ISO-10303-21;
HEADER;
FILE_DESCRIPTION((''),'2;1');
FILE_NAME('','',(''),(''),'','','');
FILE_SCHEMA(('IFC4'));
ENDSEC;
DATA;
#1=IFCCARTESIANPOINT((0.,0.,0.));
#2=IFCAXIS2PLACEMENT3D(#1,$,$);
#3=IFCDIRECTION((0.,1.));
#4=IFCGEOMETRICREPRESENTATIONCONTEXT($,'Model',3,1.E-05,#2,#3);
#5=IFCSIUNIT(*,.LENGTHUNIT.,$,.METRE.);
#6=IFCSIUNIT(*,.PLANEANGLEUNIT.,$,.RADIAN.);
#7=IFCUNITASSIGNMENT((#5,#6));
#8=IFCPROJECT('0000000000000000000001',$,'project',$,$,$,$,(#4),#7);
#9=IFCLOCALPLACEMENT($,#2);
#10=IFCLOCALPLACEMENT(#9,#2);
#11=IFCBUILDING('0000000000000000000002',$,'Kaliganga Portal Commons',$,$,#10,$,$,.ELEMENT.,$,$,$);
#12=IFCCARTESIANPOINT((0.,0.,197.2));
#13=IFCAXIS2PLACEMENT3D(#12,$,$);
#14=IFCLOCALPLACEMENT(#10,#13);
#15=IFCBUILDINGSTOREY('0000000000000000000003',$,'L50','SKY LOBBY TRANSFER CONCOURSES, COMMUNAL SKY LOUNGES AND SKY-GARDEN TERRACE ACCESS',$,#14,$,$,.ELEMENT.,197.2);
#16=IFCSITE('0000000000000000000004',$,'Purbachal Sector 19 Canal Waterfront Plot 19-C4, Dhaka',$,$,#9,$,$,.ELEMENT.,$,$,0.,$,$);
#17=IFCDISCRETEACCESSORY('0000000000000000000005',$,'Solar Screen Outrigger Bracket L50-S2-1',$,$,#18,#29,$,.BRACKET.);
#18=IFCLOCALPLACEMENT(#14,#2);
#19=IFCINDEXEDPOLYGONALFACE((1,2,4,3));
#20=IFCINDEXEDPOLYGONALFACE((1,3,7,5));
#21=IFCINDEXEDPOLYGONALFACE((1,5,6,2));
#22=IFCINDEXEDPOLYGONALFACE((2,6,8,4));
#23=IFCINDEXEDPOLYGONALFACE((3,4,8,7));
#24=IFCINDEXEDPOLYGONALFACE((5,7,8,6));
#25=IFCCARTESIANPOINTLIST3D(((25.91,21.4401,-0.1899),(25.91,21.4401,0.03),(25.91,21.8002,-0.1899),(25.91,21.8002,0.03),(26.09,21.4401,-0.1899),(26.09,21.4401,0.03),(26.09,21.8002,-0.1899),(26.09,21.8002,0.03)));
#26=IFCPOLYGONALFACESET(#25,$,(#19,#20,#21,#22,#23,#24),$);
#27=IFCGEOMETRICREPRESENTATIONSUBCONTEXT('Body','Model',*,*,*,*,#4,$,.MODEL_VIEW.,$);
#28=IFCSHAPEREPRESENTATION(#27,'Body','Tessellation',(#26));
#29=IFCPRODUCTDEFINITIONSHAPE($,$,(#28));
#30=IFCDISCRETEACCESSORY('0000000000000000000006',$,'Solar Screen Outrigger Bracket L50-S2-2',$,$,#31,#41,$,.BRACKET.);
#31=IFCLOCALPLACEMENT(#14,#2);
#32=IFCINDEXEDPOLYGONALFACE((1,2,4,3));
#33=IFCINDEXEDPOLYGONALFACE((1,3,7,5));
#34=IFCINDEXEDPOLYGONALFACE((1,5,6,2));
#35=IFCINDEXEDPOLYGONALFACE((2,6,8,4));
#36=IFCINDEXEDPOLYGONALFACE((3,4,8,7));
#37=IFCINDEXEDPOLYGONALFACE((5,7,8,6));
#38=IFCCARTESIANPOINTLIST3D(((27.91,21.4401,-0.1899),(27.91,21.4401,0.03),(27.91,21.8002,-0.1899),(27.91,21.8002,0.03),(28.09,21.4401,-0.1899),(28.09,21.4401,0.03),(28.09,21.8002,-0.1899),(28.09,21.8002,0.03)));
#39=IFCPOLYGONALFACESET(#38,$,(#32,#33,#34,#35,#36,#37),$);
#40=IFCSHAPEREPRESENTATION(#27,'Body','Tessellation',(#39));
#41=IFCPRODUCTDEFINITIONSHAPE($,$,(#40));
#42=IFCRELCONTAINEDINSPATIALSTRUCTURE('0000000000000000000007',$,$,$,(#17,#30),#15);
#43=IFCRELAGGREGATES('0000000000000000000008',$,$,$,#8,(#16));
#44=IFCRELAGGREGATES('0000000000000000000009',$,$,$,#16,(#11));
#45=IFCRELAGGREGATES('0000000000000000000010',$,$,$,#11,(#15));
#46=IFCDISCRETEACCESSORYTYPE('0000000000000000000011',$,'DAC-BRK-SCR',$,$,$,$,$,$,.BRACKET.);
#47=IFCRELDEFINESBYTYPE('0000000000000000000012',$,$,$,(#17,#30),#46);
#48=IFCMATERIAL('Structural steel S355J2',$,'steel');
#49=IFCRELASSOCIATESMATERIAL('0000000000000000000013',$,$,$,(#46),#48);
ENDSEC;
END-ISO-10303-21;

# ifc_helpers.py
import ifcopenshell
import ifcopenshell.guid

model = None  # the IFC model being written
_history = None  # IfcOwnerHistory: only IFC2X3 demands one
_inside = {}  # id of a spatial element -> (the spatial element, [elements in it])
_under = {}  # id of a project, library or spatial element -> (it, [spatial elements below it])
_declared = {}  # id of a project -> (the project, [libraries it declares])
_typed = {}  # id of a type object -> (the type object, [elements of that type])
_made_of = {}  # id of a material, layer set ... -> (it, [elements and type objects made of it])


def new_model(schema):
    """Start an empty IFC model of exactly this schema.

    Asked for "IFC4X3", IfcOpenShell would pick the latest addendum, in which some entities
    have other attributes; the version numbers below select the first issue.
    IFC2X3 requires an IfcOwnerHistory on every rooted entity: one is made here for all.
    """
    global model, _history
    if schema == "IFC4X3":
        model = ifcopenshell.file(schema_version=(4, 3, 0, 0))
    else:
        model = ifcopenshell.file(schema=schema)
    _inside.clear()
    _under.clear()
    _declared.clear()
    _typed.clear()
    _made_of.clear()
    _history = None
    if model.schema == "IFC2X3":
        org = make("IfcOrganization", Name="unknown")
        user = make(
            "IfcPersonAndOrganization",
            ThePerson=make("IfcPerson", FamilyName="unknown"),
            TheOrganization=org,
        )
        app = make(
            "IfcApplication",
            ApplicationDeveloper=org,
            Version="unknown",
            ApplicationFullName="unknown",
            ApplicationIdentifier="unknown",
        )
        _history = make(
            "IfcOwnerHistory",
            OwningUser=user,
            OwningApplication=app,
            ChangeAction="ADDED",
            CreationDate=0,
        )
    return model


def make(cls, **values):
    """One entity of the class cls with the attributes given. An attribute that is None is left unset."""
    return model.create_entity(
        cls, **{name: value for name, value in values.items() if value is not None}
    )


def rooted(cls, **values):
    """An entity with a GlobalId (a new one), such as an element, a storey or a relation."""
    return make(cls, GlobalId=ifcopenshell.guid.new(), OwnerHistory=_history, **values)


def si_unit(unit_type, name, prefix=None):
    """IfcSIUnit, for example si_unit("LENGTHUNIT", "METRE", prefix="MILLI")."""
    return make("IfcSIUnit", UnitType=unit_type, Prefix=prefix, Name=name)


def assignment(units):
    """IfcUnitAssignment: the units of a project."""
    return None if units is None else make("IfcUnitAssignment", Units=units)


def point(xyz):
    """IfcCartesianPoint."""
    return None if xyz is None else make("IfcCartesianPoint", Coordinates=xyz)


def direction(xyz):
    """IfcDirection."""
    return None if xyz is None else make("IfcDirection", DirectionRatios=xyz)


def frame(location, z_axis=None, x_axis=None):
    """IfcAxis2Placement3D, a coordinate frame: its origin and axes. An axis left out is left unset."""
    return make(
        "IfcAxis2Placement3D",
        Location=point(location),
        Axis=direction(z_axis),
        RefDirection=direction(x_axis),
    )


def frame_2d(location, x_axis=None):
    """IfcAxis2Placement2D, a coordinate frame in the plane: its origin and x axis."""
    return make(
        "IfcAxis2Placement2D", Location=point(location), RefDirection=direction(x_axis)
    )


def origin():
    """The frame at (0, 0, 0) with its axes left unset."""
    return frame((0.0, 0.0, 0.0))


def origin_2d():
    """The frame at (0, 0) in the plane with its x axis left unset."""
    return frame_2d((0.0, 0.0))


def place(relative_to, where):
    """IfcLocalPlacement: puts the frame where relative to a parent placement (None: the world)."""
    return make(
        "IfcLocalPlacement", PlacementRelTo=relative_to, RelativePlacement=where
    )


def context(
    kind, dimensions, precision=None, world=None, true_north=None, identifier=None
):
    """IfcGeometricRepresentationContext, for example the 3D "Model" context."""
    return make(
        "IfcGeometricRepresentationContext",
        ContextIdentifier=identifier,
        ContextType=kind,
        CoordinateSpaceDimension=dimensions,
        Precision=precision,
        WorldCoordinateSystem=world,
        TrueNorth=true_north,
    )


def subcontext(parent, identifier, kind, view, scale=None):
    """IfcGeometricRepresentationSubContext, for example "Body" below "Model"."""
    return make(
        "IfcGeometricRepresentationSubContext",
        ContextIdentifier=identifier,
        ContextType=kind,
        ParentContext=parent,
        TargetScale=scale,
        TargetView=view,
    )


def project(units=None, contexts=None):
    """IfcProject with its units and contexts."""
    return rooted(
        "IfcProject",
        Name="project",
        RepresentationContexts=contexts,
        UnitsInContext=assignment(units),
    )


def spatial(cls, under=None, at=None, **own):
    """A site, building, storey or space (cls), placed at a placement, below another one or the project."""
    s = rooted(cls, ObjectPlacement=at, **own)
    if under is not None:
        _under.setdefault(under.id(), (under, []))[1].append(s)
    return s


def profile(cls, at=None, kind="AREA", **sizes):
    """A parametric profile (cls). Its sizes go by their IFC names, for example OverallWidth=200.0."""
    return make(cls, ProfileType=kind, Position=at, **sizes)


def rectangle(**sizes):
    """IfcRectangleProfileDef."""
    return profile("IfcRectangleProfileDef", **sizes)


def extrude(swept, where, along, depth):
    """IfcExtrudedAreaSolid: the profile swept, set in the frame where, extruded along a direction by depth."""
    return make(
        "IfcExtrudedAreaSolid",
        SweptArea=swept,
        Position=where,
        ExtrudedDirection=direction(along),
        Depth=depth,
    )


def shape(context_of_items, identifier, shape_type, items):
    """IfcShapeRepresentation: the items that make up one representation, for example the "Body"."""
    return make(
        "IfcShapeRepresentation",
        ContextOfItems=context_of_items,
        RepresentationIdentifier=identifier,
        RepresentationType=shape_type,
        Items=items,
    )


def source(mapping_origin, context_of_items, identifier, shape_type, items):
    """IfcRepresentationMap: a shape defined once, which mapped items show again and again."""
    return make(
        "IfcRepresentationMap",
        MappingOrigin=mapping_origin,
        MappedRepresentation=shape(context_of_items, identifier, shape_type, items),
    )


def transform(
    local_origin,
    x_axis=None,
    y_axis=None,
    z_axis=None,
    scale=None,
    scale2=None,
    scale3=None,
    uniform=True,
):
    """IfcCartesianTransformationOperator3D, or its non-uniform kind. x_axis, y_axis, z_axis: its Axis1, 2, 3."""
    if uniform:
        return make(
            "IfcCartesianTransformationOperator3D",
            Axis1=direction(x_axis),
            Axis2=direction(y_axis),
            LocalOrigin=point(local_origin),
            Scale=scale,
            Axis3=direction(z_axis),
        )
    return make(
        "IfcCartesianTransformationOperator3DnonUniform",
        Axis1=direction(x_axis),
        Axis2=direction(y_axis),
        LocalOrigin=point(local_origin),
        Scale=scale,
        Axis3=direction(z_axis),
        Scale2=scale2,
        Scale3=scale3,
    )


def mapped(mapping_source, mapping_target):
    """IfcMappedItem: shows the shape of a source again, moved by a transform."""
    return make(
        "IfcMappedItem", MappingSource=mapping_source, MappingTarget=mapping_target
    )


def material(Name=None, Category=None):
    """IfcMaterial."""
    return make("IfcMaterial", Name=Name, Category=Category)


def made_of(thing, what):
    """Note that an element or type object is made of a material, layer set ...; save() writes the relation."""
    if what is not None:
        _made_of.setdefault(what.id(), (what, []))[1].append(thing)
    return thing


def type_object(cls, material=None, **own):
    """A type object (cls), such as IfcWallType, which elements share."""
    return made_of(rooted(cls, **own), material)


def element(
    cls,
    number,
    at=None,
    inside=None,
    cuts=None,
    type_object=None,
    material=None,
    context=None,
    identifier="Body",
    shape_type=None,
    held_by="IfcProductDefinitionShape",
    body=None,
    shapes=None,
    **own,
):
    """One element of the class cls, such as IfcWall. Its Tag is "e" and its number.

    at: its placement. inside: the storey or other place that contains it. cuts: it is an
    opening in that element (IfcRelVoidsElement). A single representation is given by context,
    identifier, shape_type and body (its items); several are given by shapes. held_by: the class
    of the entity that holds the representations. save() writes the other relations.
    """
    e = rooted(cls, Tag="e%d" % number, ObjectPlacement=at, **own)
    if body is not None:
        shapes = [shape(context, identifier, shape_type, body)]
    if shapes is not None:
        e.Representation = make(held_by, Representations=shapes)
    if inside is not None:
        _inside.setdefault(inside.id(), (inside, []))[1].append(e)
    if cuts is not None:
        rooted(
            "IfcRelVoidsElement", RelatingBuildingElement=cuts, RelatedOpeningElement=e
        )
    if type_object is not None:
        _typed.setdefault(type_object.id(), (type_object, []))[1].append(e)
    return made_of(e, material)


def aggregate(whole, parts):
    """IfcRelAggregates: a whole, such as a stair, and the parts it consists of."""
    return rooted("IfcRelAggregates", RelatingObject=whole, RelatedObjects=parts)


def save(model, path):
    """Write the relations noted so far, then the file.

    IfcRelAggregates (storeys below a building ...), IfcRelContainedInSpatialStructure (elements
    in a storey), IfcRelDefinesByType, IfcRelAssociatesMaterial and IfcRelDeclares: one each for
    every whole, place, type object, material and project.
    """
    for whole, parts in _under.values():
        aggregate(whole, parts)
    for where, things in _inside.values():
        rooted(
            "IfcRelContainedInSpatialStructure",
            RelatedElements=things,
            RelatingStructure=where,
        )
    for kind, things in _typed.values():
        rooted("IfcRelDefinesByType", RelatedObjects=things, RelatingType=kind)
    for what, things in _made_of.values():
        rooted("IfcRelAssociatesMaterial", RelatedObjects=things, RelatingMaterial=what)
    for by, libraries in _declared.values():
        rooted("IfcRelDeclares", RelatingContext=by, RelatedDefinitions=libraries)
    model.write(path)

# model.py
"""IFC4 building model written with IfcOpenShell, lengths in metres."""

from ifc_helpers import new_model, si_unit, direction, frame, origin, origin_2d, place, context, subcontext, project, spatial, rectangle, extrude, source, transform, mapped, material, type_object, element, save


model = new_model("IFC4")

# Units and contexts
model_context = context("Model", 3, precision=1e-05, world=origin(), true_north=direction((0.0, 1.0)))
body_context = subcontext(model_context, "Body", "Model", "MODEL_VIEW")
ifc_project = project(units=[si_unit("LENGTHUNIT", "METRE"), si_unit("PLANEANGLEUNIT", "RADIAN")], contexts=[model_context])

# Site, building, storey
site_placement = place(None, origin())
site = spatial("IfcSite", under=ifc_project, at=site_placement, Name="Purbachal Sector 19 Canal Waterfront Plot 19-C4, Dhaka", CompositionType="ELEMENT", RefElevation=0.0)
building_placement = place(site_placement, origin())
building = spatial("IfcBuilding", under=site, at=building_placement, Name="Kaliganga Portal Commons", CompositionType="ELEMENT")
storey_placement = place(building_placement, frame((0.0, 0.0, 197.2)))
storey = spatial("IfcBuildingStorey", under=building, at=storey_placement, Name="L50", Description="SKY LOBBY TRANSFER CONCOURSES, COMMUNAL SKY LOUNGES AND SKY-GARDEN TERRACE ACCESS", CompositionType="ELEMENT", Elevation=197.2)

# Shared definitions
ifc_material_1 = material(Name="Structural steel S355J2", Category="steel")

# Discrete accessories
discrete_accessory_type = type_object("IfcDiscreteAccessoryType", Name="DAC-BRK-SCR", PredefinedType="BRACKET", material=ifc_material_1)
shared_shape_1 = source(origin(), body_context, "Body", "SweptSolid", [
    extrude(rectangle(XDim=0.1799, YDim=0.3601, at=origin_2d()), origin(), (0.0, 0.0, 1.0), 0.22),
])
for number, where, z_axis, x_axis, name in (
    (1, (26.0, 21.6201, -0.1899), (0.0, 0.0, 1.0), (1.0, 0.0, 0.0), "Solar Screen Outrigger Bracket L50-S2-1"),
    (2, (28.0, 21.6201, -0.1899), (0.0, 0.0, 1.0), (1.0, 0.0, 0.0), "Solar Screen Outrigger Bracket L50-S2-2"),
):
    element("IfcDiscreteAccessory", number, at=place(storey_placement, frame(where, z_axis=z_axis, x_axis=x_axis)), inside=storey, type_object=discrete_accessory_type, Name=name, PredefinedType="BRACKET", context=body_context, shape_type="MappedRepresentation", body=[
        mapped(shared_shape_1, transform((0.0, 0.0, 0.0), x_axis=(1.0, 0.0, 0.0), y_axis=(0.0, 1.0, 0.0), z_axis=(0.0, 0.0, 1.0), scale=1.0)),
    ])

save(model, "model.ifc")
